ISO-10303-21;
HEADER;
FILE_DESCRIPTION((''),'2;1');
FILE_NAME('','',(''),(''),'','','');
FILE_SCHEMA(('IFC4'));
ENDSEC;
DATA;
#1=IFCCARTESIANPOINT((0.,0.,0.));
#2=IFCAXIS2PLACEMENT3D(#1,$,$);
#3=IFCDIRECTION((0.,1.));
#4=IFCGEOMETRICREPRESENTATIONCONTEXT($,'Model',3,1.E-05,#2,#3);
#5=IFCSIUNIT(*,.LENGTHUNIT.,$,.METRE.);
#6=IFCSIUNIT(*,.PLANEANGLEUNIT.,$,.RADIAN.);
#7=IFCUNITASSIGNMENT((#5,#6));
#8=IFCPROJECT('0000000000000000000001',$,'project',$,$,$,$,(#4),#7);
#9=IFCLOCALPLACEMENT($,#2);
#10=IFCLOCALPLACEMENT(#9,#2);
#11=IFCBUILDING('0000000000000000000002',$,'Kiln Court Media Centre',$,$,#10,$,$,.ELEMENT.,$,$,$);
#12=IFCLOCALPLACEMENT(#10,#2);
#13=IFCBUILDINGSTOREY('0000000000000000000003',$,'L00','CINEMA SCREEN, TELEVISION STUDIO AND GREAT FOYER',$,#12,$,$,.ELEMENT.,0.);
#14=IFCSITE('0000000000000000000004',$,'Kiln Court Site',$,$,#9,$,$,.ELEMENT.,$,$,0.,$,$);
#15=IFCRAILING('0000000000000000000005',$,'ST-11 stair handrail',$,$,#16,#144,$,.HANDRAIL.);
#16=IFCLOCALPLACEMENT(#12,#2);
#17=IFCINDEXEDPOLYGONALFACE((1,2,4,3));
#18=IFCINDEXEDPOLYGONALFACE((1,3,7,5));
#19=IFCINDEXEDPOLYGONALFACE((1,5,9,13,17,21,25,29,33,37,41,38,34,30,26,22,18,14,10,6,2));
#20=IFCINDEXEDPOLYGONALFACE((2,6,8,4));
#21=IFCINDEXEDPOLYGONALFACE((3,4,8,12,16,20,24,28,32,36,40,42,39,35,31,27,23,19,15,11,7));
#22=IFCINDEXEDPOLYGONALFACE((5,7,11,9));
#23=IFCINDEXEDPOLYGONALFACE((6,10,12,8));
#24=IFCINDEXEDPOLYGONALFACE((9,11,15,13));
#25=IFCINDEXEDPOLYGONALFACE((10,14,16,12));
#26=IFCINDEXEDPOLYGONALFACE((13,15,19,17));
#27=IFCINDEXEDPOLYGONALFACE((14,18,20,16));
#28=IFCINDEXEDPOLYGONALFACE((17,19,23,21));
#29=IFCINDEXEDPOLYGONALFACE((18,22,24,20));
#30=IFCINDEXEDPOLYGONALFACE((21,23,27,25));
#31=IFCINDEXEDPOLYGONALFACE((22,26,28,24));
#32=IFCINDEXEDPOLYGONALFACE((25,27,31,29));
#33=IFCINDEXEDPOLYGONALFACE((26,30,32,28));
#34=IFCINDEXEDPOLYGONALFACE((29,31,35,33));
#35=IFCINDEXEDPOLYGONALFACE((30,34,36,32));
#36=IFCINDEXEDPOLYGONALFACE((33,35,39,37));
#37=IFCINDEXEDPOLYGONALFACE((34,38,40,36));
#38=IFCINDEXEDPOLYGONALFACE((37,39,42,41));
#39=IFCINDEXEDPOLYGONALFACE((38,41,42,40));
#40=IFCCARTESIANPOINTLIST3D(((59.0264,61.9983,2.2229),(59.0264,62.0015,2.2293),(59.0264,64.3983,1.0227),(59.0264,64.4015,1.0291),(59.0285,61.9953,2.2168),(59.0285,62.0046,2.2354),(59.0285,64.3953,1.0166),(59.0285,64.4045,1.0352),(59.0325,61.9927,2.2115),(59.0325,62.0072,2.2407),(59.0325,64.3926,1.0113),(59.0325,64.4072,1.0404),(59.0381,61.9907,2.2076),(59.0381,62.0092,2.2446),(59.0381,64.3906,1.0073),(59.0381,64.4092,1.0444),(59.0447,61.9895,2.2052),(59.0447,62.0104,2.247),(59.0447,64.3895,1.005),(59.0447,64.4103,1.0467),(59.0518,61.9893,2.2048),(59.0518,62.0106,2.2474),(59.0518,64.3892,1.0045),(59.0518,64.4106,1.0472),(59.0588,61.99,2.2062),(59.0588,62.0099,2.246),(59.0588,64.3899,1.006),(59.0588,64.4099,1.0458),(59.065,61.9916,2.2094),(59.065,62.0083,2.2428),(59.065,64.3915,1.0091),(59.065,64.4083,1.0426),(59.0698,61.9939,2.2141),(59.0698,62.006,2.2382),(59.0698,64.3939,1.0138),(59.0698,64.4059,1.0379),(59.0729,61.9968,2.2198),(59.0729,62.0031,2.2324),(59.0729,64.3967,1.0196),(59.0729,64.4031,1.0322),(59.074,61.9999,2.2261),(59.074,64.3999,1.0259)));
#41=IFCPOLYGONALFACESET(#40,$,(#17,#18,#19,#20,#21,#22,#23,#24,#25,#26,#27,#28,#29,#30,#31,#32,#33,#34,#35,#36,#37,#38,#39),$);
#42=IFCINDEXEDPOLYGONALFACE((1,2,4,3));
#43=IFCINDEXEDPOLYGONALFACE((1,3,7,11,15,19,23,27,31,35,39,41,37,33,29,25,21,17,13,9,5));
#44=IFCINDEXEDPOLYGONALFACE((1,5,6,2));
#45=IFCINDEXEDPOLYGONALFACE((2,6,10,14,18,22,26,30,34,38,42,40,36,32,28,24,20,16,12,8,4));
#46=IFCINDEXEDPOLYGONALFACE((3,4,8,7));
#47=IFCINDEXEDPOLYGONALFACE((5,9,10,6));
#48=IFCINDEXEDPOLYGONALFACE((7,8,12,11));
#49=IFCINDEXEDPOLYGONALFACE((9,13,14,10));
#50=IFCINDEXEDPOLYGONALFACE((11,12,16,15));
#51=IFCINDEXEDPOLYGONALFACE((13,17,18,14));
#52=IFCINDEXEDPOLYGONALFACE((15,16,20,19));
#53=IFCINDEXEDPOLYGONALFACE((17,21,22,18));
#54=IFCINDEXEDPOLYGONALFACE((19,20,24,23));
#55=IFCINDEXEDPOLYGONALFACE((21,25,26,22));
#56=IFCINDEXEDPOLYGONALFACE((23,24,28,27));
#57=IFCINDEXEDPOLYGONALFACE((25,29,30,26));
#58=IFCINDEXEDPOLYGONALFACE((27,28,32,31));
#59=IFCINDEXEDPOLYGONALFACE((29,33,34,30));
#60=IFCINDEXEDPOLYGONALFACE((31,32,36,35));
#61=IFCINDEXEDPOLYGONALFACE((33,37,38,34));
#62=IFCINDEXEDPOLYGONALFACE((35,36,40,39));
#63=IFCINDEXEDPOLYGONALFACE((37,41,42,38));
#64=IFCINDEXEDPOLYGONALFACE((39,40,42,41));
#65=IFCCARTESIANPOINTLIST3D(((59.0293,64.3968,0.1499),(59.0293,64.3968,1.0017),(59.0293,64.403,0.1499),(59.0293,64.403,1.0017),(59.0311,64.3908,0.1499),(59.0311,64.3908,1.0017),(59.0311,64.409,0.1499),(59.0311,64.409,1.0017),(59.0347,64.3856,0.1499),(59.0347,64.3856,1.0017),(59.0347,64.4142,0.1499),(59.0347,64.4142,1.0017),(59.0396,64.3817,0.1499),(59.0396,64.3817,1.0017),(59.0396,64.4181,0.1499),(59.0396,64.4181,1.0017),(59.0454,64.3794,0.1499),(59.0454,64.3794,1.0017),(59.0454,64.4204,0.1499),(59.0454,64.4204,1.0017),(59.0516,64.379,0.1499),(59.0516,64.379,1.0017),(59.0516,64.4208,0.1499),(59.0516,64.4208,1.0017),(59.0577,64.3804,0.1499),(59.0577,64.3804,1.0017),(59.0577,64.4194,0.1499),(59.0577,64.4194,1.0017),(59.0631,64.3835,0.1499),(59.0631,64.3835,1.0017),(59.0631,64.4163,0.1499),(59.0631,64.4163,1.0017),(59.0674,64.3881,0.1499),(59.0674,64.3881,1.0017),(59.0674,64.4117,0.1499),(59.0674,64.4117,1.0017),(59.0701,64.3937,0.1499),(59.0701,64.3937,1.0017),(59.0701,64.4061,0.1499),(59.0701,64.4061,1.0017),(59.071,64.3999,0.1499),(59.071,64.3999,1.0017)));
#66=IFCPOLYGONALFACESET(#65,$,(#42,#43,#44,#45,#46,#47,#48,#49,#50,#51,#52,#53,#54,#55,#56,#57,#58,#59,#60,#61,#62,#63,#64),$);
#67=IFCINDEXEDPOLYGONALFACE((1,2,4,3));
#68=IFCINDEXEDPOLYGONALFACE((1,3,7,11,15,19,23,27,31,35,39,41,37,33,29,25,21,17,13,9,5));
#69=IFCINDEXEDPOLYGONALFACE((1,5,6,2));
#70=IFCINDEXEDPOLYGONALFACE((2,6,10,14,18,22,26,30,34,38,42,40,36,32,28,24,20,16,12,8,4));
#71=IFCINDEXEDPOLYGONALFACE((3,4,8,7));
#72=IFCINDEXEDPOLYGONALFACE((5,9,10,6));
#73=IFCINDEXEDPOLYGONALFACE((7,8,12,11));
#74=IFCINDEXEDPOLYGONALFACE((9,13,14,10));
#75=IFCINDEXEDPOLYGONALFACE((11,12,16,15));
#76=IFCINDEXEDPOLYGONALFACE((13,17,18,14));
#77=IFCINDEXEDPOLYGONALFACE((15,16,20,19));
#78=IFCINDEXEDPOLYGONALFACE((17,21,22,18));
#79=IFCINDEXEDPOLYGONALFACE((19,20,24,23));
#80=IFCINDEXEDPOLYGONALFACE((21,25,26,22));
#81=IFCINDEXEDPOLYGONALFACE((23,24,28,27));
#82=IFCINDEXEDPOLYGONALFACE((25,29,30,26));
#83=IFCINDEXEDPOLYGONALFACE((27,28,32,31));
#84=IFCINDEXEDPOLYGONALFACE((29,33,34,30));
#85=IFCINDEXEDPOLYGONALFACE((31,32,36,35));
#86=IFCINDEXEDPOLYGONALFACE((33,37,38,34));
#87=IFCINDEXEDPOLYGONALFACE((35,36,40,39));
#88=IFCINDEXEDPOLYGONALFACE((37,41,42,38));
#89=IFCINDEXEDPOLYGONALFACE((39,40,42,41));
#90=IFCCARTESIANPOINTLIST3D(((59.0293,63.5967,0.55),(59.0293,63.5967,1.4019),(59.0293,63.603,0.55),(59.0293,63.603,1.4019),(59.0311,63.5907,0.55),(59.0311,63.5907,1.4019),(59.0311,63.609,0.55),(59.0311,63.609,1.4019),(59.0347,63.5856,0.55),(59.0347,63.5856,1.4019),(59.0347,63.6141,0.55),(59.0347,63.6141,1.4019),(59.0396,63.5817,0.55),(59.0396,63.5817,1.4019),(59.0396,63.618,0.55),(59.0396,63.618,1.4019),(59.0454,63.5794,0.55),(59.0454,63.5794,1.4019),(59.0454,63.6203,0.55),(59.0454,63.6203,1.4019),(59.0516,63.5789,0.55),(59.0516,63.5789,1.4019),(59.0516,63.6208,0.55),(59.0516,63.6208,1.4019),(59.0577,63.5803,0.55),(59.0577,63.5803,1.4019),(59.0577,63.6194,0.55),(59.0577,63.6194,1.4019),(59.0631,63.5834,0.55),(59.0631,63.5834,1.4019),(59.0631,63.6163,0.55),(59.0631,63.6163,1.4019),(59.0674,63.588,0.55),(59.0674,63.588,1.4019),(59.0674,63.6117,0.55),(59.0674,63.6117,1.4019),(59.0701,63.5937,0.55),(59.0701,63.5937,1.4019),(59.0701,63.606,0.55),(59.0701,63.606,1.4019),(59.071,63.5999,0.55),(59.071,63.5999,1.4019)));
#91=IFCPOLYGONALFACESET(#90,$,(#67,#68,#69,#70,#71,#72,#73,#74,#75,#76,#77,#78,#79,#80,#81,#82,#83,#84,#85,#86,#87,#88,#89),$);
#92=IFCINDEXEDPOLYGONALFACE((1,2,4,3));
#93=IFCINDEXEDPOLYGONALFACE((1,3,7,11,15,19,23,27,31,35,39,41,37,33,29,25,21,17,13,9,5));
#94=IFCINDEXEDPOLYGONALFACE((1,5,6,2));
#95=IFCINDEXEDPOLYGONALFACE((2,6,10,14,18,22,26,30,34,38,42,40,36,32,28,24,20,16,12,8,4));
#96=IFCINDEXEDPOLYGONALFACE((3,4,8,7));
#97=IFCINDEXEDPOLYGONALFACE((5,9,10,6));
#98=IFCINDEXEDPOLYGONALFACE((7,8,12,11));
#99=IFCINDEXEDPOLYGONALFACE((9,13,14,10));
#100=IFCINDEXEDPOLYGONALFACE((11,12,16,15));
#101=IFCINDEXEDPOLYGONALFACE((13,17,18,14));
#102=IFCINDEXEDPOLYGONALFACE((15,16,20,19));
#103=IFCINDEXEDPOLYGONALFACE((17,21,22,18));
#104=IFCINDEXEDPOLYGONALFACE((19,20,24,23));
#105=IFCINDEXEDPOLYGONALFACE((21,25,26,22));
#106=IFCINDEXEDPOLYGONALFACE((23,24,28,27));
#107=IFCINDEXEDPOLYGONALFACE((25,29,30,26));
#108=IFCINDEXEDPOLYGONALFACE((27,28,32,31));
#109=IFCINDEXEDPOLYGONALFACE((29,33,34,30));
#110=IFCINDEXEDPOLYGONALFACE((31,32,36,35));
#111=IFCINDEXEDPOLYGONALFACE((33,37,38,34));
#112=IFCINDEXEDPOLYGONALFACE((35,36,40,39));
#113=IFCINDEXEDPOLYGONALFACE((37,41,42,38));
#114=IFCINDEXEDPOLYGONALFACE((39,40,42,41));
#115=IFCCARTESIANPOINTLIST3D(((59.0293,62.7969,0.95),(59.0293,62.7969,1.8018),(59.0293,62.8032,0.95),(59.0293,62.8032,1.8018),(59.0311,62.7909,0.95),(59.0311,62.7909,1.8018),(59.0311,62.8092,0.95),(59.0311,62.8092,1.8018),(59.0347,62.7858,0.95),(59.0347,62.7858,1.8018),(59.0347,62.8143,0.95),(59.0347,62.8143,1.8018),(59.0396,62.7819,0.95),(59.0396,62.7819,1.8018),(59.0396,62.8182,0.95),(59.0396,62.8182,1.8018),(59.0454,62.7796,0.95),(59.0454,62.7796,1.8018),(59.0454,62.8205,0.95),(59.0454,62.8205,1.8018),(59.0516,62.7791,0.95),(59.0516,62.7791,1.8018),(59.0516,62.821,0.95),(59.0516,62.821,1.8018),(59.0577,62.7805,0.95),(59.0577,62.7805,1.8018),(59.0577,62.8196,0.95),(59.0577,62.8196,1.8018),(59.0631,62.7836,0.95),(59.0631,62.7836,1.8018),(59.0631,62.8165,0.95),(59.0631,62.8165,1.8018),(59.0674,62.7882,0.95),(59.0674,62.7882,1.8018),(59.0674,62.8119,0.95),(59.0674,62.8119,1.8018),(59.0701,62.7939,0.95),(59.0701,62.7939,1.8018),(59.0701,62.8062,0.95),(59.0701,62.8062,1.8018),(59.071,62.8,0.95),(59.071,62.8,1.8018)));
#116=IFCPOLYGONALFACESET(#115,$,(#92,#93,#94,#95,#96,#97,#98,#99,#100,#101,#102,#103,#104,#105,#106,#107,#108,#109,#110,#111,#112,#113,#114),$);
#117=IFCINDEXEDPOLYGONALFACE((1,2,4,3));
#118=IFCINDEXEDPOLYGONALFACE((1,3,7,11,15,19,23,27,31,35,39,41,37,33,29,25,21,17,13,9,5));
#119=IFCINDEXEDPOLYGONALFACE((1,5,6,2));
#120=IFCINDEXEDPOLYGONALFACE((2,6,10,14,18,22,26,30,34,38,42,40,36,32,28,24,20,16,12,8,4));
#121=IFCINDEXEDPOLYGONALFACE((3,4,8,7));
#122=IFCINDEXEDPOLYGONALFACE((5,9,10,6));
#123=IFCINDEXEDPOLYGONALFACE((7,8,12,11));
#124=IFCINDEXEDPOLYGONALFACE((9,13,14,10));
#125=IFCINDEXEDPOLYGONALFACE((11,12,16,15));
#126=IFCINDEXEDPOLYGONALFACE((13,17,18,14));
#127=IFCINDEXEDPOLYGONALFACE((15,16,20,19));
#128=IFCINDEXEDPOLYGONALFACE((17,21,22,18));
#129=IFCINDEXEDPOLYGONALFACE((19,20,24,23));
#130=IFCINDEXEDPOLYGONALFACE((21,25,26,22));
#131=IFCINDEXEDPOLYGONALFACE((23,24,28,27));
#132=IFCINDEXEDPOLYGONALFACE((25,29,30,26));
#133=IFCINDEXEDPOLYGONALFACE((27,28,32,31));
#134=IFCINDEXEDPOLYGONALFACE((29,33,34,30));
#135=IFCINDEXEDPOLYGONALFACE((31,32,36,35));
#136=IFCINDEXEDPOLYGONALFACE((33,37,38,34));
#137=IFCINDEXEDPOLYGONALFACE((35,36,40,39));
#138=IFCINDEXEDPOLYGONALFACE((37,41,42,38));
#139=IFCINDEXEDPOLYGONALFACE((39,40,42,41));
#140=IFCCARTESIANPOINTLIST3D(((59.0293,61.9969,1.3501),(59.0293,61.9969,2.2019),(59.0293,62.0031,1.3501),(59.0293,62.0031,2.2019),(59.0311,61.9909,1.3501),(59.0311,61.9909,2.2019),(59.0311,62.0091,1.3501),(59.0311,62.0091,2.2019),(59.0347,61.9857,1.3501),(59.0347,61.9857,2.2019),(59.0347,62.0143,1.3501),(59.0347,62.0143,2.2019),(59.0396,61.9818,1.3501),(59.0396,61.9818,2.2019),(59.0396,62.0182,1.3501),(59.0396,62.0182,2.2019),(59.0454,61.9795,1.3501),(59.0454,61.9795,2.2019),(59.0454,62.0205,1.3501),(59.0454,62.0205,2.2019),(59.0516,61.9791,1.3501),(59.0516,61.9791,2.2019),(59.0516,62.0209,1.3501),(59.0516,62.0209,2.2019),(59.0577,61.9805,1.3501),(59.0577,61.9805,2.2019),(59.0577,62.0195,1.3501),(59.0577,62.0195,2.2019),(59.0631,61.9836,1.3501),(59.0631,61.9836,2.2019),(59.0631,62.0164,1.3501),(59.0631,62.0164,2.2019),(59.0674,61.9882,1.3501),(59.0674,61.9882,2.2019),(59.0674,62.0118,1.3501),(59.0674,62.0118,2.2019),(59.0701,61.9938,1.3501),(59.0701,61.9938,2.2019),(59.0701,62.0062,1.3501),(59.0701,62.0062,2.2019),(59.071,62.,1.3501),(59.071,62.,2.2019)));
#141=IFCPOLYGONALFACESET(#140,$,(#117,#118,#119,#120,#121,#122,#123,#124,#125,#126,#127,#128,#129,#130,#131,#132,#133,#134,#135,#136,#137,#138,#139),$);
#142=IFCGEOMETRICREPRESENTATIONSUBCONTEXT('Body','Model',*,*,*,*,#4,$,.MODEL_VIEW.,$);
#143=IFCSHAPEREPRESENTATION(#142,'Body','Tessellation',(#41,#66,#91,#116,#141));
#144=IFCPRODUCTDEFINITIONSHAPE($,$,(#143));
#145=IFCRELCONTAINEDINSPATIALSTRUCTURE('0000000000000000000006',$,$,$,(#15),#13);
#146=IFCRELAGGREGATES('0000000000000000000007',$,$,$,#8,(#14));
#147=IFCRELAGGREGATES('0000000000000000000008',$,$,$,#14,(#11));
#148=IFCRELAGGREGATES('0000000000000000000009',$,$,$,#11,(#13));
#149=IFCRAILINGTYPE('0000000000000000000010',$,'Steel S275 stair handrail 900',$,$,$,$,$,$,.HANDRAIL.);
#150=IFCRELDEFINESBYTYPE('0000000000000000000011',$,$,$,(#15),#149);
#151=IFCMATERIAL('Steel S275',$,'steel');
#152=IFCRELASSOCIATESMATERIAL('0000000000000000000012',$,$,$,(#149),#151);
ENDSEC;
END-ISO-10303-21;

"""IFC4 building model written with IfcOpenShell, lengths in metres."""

from ifc_helpers import new_model, si_unit, direction, frame, origin, origin_2d, place, context, subcontext, project, spatial, circle, extrude, material, type_object, element, save


model = new_model("IFC4")

# Units and contexts
model_context = context("Model", 3, precision=1e-05, world=origin(), true_north=direction((0.0, 1.0)))
body_context = subcontext(model_context, "Body", "Model", "MODEL_VIEW")
ifc_project = project(units=[si_unit("LENGTHUNIT", "METRE"), si_unit("PLANEANGLEUNIT", "RADIAN")], contexts=[model_context])

# Site, building, storey
site_placement = place(None, origin())
site = spatial("IfcSite", under=ifc_project, at=site_placement, Name="Kiln Court Site", CompositionType="ELEMENT", RefElevation=0.0)
building_placement = place(site_placement, origin())
building = spatial("IfcBuilding", under=site, at=building_placement, Name="Kiln Court Media Centre", CompositionType="ELEMENT")
storey_placement = place(building_placement, origin())
storey = spatial("IfcBuildingStorey", under=building, at=storey_placement, Name="L00", Description="CINEMA SCREEN, TELEVISION STUDIO AND GREAT FOYER", CompositionType="ELEMENT", Elevation=0.0)

# Railing
ifc_material_1 = material(Name="Steel S275", Category="steel")
railing_type_1 = type_object("IfcRailingType", Name="Steel S275 stair handrail 900", PredefinedType="HANDRAIL", material=ifc_material_1)
railing_1_placement = place(storey_placement, frame((59.05, 64.3999, 0.1499)))
element("IfcRailing", 1, at=railing_1_placement, inside=storey, type_object=railing_type_1, Name="ST-11 stair handrail", PredefinedType="HANDRAIL", context=body_context, shape_type="SweptSolid", body=[
    extrude(circle(Radius=0.0239, at=origin_2d()), frame((0.0, 0.0, 0.876), z_axis=(0.0, -0.894391, 0.447286), x_axis=(1.0, 0.0, 0.0)), (0.0, 0.0, 1.0), 2.6833),
    extrude(circle(Radius=0.021, at=origin_2d()), origin(), (0.0, 0.0, 1.0), 0.8518),
    extrude(circle(Radius=0.021, at=origin_2d()), frame((0.0, -0.8, 0.4001)), (0.0, 0.0, 1.0), 0.8518),
    extrude(circle(Radius=0.021, at=origin_2d()), frame((0.0, -1.5999, 0.8)), (0.0, 0.0, 1.0), 0.8518),
    extrude(circle(Radius=0.021, at=origin_2d()), frame((0.0, -2.3999, 1.2002)), (0.0, 0.0, 1.0), 0.8518),
])

save(model, "model.ifc")
